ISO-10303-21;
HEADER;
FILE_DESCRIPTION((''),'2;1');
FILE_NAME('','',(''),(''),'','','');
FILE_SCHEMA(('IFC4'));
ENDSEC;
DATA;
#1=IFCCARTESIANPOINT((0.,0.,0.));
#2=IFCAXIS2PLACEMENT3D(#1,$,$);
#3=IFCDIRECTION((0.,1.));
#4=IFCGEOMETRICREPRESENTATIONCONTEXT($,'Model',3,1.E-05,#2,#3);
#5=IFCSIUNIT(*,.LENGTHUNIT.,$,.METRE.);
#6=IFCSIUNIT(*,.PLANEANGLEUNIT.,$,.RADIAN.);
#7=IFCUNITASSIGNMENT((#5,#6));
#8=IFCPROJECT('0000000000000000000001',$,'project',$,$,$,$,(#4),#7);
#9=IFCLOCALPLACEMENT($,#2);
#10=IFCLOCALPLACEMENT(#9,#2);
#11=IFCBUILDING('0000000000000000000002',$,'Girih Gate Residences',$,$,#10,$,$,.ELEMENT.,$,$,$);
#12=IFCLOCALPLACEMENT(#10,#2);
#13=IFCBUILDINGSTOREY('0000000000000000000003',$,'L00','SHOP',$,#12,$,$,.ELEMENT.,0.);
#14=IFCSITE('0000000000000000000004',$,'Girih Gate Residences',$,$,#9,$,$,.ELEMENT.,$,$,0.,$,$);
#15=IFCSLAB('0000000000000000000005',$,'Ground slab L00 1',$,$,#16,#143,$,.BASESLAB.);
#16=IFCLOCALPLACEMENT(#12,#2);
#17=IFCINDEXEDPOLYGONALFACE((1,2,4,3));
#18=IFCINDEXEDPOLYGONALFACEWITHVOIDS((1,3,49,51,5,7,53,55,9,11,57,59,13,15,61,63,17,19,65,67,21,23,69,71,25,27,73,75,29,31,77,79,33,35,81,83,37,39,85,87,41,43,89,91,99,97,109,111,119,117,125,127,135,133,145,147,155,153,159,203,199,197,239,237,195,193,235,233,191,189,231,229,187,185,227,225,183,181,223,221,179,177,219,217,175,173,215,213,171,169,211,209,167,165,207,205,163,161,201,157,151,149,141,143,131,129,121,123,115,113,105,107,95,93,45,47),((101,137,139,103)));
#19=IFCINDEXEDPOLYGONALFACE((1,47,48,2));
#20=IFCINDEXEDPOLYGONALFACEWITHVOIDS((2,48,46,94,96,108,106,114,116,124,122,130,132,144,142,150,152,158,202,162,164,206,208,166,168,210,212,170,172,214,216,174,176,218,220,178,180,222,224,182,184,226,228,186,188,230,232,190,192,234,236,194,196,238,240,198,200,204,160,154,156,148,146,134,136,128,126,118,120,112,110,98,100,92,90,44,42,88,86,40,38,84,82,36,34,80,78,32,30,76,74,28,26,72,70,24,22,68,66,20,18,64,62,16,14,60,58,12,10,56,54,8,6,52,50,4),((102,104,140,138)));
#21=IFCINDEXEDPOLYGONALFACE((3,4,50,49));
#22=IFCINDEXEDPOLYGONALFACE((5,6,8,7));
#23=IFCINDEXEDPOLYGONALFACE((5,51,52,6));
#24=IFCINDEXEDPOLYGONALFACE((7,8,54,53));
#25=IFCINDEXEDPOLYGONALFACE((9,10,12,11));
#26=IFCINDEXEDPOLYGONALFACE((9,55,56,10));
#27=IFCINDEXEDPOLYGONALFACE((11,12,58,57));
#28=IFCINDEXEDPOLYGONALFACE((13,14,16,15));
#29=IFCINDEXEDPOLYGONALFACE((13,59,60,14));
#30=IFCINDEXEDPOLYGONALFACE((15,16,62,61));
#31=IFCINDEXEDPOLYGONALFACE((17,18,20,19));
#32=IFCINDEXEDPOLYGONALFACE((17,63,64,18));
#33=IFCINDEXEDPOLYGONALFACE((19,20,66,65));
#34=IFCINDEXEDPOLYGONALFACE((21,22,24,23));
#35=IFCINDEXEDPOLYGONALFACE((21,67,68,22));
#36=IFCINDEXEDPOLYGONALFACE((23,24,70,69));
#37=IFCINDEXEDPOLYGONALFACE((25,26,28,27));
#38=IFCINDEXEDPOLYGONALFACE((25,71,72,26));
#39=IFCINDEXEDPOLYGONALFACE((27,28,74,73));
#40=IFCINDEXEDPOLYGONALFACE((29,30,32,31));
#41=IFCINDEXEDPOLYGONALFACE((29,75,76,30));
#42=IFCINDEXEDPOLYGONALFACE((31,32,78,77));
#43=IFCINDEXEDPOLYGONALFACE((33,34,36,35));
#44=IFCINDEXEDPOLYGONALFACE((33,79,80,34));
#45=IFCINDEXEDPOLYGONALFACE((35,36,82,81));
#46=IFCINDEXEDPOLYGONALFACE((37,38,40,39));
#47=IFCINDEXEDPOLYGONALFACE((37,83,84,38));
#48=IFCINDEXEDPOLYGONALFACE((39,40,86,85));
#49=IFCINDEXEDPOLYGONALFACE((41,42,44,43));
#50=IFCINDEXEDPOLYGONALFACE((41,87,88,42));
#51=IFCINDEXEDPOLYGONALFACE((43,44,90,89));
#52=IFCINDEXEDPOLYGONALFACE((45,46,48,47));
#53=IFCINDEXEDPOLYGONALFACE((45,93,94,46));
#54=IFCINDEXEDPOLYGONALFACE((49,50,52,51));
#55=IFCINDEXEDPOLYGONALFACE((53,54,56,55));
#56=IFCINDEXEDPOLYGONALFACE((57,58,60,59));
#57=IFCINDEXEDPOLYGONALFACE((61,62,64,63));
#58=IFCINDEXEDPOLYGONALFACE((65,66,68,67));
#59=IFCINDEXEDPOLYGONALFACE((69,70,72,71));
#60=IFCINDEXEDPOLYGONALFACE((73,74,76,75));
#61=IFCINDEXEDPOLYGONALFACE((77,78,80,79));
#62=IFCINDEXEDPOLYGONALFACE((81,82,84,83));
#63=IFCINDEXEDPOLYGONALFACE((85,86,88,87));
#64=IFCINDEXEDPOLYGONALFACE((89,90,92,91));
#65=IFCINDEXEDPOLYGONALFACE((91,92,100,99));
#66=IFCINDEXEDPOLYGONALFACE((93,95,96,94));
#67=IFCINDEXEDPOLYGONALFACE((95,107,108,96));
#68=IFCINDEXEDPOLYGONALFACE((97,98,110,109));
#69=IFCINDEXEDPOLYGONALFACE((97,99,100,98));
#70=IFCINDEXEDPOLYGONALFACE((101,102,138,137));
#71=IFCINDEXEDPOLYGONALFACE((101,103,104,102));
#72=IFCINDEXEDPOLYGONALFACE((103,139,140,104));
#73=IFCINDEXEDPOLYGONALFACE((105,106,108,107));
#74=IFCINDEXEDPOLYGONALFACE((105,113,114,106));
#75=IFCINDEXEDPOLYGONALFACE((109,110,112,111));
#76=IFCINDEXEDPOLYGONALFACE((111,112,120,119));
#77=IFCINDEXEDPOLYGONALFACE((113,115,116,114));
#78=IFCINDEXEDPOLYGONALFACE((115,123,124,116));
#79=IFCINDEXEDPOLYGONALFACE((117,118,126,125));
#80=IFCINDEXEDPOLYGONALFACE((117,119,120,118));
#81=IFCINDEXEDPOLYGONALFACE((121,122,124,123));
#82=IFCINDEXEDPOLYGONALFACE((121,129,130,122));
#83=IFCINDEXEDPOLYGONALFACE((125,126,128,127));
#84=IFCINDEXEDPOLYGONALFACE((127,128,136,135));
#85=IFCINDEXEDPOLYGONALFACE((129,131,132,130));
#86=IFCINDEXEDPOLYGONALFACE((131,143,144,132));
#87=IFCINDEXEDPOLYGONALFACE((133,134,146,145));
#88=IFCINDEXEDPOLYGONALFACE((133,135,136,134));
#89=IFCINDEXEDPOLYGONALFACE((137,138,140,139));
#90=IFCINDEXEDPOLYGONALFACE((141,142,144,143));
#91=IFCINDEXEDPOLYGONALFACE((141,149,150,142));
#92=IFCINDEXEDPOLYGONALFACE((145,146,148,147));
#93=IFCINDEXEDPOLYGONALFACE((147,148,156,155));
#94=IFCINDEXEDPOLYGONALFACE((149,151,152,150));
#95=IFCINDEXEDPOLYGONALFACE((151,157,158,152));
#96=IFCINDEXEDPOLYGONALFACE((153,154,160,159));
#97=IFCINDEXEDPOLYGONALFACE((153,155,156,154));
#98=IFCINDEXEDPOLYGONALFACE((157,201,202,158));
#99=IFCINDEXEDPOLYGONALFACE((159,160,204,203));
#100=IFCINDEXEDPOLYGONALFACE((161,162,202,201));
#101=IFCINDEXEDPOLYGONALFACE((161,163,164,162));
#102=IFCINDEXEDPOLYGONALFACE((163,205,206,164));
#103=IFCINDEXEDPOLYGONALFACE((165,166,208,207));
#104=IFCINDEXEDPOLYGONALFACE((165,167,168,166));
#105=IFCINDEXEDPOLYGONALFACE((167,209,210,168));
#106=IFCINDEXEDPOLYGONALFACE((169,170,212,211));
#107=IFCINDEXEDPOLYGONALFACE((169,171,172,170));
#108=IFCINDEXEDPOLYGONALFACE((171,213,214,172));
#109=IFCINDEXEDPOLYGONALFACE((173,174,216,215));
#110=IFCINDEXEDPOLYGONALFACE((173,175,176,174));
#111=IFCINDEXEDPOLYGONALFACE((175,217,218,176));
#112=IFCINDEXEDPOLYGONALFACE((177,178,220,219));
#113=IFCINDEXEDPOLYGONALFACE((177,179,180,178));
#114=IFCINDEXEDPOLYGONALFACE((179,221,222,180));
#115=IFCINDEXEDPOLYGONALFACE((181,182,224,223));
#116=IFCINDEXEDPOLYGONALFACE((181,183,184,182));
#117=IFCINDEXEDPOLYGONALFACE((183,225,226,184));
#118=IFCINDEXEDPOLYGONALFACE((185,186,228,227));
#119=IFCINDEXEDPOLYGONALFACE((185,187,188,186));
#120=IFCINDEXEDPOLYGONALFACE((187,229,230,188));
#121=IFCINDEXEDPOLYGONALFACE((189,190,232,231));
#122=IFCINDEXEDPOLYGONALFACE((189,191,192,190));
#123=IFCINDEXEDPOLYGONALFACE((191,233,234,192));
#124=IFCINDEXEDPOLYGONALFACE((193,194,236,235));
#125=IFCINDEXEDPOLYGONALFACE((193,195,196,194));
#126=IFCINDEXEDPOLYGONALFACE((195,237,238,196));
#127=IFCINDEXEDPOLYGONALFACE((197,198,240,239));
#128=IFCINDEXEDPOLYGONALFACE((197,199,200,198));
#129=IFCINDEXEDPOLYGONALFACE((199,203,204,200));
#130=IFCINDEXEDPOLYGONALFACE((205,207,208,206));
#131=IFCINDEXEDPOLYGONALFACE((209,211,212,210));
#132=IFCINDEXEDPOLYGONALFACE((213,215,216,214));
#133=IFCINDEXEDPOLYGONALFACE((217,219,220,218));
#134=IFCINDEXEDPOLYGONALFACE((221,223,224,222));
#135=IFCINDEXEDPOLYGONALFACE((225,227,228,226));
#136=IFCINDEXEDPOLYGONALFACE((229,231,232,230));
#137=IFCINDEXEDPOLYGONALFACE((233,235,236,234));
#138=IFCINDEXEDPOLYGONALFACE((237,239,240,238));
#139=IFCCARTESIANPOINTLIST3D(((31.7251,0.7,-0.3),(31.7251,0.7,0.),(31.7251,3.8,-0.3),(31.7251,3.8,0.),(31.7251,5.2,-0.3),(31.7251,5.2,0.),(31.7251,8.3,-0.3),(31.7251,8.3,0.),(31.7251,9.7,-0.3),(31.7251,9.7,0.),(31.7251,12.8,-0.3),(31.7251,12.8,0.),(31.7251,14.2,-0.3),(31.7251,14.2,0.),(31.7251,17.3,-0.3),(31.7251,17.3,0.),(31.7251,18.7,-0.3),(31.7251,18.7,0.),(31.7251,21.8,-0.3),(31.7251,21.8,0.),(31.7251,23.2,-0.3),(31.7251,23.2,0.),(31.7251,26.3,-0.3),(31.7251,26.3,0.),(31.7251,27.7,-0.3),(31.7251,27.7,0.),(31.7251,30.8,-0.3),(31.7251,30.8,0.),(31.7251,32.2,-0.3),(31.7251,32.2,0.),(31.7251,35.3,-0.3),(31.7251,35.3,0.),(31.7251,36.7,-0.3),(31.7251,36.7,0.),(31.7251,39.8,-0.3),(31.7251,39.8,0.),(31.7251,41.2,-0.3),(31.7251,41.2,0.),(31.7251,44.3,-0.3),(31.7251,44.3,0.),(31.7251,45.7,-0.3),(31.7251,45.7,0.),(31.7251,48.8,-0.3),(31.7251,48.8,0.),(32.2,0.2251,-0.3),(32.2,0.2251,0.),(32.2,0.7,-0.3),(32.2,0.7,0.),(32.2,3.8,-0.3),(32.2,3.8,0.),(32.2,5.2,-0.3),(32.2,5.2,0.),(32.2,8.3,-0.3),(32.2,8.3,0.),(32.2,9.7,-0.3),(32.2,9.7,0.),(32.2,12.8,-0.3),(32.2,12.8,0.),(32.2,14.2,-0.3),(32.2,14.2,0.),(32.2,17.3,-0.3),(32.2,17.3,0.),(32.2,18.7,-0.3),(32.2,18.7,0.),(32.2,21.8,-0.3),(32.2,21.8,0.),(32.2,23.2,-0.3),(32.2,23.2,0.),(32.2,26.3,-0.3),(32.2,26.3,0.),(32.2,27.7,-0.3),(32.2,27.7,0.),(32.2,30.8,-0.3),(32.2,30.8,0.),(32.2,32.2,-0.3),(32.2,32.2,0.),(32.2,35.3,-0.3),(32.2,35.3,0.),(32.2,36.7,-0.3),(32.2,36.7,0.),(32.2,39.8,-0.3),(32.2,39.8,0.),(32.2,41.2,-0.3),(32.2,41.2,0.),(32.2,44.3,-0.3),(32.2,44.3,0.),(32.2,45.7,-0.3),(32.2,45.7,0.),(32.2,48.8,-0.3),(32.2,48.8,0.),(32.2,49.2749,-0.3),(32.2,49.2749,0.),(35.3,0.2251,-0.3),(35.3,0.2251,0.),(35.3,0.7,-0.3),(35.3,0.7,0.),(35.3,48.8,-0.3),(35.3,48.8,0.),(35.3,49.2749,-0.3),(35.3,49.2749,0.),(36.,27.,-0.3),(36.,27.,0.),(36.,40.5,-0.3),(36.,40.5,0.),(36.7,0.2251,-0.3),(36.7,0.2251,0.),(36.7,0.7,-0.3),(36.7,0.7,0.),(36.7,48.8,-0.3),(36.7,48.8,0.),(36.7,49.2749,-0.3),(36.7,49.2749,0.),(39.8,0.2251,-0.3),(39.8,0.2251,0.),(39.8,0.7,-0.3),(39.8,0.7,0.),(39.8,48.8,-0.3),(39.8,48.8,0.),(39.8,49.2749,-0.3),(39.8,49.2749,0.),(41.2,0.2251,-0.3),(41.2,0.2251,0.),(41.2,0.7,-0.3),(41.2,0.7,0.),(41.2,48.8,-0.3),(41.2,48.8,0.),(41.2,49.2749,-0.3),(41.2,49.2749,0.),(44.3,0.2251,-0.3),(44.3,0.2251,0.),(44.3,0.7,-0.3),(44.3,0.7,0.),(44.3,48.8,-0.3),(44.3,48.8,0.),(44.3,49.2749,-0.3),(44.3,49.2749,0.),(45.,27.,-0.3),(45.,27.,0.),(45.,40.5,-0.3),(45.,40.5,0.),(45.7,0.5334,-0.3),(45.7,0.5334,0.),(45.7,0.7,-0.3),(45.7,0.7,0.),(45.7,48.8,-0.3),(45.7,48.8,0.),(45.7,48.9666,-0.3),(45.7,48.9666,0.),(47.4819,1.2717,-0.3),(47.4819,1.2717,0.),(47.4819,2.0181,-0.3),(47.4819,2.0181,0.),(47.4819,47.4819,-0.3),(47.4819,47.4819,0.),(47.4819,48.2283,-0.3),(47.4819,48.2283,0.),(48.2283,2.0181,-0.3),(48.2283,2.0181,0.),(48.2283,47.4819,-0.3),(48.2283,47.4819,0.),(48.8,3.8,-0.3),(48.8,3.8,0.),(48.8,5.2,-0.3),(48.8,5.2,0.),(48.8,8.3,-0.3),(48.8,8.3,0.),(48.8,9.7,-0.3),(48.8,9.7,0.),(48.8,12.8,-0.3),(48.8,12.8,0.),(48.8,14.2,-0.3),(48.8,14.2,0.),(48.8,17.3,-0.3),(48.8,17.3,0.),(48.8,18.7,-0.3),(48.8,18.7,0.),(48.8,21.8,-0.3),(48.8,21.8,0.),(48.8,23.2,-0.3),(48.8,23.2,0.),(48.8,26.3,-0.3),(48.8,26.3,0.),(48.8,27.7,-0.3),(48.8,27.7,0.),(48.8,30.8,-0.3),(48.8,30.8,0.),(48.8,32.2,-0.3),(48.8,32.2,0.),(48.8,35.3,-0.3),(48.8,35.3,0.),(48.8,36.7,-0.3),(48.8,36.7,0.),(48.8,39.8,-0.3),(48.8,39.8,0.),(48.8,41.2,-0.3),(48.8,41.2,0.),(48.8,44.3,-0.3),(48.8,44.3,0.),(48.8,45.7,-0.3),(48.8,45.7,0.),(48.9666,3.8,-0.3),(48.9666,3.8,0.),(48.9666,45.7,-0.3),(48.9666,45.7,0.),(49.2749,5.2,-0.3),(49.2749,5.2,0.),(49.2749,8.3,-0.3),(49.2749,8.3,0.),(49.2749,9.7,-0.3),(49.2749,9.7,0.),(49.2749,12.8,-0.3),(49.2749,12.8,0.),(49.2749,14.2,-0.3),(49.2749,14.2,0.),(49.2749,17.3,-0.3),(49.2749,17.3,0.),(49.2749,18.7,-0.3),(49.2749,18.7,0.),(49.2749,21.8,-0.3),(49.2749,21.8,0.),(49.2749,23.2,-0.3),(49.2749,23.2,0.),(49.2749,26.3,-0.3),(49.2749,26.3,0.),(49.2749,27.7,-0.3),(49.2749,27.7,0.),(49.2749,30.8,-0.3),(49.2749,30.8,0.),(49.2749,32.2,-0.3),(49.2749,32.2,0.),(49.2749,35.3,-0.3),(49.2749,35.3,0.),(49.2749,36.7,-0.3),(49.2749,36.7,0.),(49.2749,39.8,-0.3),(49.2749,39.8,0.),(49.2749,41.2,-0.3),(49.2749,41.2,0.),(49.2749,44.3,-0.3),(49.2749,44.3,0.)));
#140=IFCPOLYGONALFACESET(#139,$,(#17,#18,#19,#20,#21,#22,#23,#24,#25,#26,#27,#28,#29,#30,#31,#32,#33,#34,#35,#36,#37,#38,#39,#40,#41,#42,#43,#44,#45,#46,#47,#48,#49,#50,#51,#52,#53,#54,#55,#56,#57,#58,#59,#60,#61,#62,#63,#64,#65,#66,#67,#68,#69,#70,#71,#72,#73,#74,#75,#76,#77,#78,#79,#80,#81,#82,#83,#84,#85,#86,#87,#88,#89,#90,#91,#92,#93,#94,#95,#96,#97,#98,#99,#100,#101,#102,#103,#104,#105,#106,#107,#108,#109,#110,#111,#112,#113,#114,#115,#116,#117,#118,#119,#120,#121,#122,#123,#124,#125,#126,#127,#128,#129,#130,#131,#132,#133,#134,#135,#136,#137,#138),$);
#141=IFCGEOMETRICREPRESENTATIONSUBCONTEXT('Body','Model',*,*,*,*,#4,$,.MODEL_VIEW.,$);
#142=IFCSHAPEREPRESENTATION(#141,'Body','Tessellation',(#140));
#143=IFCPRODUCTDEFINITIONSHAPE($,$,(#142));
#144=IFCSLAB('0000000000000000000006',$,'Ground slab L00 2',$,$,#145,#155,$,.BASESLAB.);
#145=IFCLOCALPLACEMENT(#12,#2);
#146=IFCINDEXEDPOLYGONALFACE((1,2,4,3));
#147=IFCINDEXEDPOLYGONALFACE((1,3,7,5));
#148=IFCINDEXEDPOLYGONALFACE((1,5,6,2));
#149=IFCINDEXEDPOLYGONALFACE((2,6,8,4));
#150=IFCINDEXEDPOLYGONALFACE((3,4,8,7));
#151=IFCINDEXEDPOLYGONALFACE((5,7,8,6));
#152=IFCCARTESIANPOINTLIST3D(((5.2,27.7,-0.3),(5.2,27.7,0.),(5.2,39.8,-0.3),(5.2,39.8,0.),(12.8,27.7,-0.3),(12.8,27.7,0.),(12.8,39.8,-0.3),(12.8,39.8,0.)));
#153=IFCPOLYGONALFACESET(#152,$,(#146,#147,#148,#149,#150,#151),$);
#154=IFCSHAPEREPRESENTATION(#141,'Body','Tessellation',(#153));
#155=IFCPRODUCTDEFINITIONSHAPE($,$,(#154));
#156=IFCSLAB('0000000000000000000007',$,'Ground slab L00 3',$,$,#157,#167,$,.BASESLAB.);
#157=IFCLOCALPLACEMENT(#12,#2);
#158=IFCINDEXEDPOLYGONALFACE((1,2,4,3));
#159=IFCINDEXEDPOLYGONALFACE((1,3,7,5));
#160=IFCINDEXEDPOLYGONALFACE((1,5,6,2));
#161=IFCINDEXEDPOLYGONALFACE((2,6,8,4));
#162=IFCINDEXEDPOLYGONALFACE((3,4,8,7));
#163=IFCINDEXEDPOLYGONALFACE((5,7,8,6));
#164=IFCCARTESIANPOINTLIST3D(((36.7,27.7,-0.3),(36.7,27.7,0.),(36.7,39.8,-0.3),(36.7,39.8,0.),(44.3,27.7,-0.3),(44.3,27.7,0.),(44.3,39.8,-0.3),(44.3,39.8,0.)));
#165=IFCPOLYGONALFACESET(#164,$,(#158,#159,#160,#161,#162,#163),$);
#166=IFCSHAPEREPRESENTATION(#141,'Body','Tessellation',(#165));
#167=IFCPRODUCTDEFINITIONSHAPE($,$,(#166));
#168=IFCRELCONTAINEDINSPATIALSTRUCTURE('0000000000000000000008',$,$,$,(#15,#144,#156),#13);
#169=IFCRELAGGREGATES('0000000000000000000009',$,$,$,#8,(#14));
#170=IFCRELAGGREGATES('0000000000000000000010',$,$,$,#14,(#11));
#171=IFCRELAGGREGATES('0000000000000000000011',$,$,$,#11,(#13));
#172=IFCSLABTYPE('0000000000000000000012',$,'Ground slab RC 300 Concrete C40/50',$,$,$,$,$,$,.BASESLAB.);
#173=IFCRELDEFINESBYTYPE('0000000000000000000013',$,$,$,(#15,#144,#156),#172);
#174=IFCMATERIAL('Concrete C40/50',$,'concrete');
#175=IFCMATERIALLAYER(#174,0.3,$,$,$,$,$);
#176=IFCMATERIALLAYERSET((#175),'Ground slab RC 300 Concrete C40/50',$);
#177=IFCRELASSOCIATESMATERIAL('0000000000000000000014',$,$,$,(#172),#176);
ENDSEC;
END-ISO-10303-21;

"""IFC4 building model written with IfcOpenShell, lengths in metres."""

from ifc_helpers import new_model, si_unit, direction, frame, origin, place, context, subcontext, project, spatial, polyline, outline, extrude, material, layer, layer_set, type_object, element, save


model = new_model("IFC4")

# Units and contexts
model_context = context("Model", 3, precision=1e-05, world=origin(), true_north=direction((0.0, 1.0)))
body_context = subcontext(model_context, "Body", "Model", "MODEL_VIEW")
ifc_project = project(units=[si_unit("LENGTHUNIT", "METRE"), si_unit("PLANEANGLEUNIT", "RADIAN")], contexts=[model_context])

# Site, building, storey
site_placement = place(None, origin())
site = spatial("IfcSite", under=ifc_project, at=site_placement, Name="Girih Gate Residences", CompositionType="ELEMENT", RefElevation=0.0)
building_placement = place(site_placement, origin())
building = spatial("IfcBuilding", under=site, at=building_placement, Name="Girih Gate Residences", CompositionType="ELEMENT")
storey_placement = place(building_placement, origin())
storey = spatial("IfcBuildingStorey", under=building, at=storey_placement, Name="L00", Description="SHOP", CompositionType="ELEMENT", Elevation=0.0)

# Shared definitions
ifc_material_1 = material(Name="Concrete C40/50", Category="concrete")

# Slabs
ifc_layer_1 = layer(ifc_material_1, 0.3)
ifc_layer_set_1 = layer_set([ifc_layer_1], Name="Ground slab RC 300 Concrete C40/50")
slab_type_1 = type_object("IfcSlabType", Name="Ground slab RC 300 Concrete C40/50", PredefinedType="BASESLAB", material=ifc_layer_set_1)
slab_1_placement = place(storey_placement, frame((0.0, 0.0, -0.3)))
element("IfcSlab", 1, at=slab_1_placement, inside=storey, type_object=slab_type_1, Name="Ground slab L00 1", PredefinedType="BASESLAB", context=body_context, shape_type="SweptSolid", body=[
    extrude(outline(polyline([(35.3, 49.2749), (32.2, 49.2749), (32.2, 48.8), (31.7251, 48.8), (31.7251, 45.7), (32.2, 45.7), (32.2, 44.3), (31.7251, 44.3), (31.7251, 41.2), (32.2, 41.2), (32.2, 39.8), (31.7251, 39.8), (31.7251, 36.7), (32.2, 36.7), (32.2, 35.3), (31.7251, 35.3), (31.7251, 32.2), (32.2, 32.2), (32.2, 30.8), (31.7251, 30.8), (31.7251, 27.7), (32.2, 27.7), (32.2, 26.3), (31.7251, 26.3), (31.7251, 23.2), (32.2, 23.2), (32.2, 21.8), (31.7251, 21.8), (31.7251, 18.7), (32.2, 18.7), (32.2, 17.3), (31.7251, 17.3), (31.7251, 14.2), (32.2, 14.2), (32.2, 12.8), (31.7251, 12.8), (31.7251, 9.7), (32.2, 9.7), (32.2, 8.3), (31.7251, 8.3), (31.7251, 5.2), (32.2, 5.2), (32.2, 3.8), (31.7251, 3.8), (31.7251, 0.7), (32.2, 0.7), (32.2, 0.2251), (35.3, 0.2251), (35.3, 0.7), (36.7, 0.7), (36.7, 0.2251), (39.8, 0.2251), (39.8, 0.7), (41.2, 0.7), (41.2, 0.2251), (44.3, 0.2251), (44.3, 0.7), (45.7, 0.7), (45.7, 0.5334), (47.4819, 1.2717), (47.4819, 2.0181), (48.2283, 2.0181), (48.9666, 3.8), (48.8, 3.8), (48.8, 5.2), (49.2749, 5.2), (49.2749, 8.3), (48.8, 8.3), (48.8, 9.7), (49.2749, 9.7), (49.2749, 12.8), (48.8, 12.8), (48.8, 14.2), (49.2749, 14.2), (49.2749, 17.3), (48.8, 17.3), (48.8, 18.7), (49.2749, 18.7), (49.2749, 21.8), (48.8, 21.8), (48.8, 23.2), (49.2749, 23.2), (49.2749, 26.3), (48.8, 26.3), (48.8, 27.7), (49.2749, 27.7), (49.2749, 30.8), (48.8, 30.8), (48.8, 32.2), (49.2749, 32.2), (49.2749, 35.3), (48.8, 35.3), (48.8, 36.7), (49.2749, 36.7), (49.2749, 39.8), (48.8, 39.8), (48.8, 41.2), (49.2749, 41.2), (49.2749, 44.3), (48.8, 44.3), (48.8, 45.7), (48.9666, 45.7), (48.2283, 47.4819), (47.4819, 47.4819), (47.4819, 48.2283), (45.7, 48.9666), (45.7, 48.8), (44.3, 48.8), (44.3, 49.2749), (41.2, 49.2749), (41.2, 48.8), (39.8, 48.8), (39.8, 49.2749), (36.7, 49.2749), (36.7, 48.8), (35.3, 48.8), (35.3, 49.2749)]), holes=[polyline([(45.0, 40.5), (45.0, 27.0), (36.0, 27.0), (36.0, 40.5), (45.0, 40.5)])]), origin(), (0.0, 0.0, 1.0), 0.3),
])
slab_2_placement = place(storey_placement, frame((0.0, 0.0, -0.3)))
element("IfcSlab", 2, at=slab_2_placement, inside=storey, type_object=slab_type_1, Name="Ground slab L00 2", PredefinedType="BASESLAB", context=body_context, shape_type="SweptSolid", body=[
    extrude(outline(polyline([(5.2, 27.7), (12.8, 27.7), (12.8, 39.8), (5.2, 39.8), (5.2, 27.7)])), origin(), (0.0, 0.0, 1.0), 0.3),
])
slab_3_placement = place(storey_placement, frame((0.0, 0.0, -0.3)))
element("IfcSlab", 3, at=slab_3_placement, inside=storey, type_object=slab_type_1, Name="Ground slab L00 3", PredefinedType="BASESLAB", context=body_context, shape_type="SweptSolid", body=[
    extrude(outline(polyline([(36.7, 27.7), (44.3, 27.7), (44.3, 39.8), (36.7, 39.8), (36.7, 27.7)])), origin(), (0.0, 0.0, 1.0), 0.3),
])

save(model, "model.ifc")
